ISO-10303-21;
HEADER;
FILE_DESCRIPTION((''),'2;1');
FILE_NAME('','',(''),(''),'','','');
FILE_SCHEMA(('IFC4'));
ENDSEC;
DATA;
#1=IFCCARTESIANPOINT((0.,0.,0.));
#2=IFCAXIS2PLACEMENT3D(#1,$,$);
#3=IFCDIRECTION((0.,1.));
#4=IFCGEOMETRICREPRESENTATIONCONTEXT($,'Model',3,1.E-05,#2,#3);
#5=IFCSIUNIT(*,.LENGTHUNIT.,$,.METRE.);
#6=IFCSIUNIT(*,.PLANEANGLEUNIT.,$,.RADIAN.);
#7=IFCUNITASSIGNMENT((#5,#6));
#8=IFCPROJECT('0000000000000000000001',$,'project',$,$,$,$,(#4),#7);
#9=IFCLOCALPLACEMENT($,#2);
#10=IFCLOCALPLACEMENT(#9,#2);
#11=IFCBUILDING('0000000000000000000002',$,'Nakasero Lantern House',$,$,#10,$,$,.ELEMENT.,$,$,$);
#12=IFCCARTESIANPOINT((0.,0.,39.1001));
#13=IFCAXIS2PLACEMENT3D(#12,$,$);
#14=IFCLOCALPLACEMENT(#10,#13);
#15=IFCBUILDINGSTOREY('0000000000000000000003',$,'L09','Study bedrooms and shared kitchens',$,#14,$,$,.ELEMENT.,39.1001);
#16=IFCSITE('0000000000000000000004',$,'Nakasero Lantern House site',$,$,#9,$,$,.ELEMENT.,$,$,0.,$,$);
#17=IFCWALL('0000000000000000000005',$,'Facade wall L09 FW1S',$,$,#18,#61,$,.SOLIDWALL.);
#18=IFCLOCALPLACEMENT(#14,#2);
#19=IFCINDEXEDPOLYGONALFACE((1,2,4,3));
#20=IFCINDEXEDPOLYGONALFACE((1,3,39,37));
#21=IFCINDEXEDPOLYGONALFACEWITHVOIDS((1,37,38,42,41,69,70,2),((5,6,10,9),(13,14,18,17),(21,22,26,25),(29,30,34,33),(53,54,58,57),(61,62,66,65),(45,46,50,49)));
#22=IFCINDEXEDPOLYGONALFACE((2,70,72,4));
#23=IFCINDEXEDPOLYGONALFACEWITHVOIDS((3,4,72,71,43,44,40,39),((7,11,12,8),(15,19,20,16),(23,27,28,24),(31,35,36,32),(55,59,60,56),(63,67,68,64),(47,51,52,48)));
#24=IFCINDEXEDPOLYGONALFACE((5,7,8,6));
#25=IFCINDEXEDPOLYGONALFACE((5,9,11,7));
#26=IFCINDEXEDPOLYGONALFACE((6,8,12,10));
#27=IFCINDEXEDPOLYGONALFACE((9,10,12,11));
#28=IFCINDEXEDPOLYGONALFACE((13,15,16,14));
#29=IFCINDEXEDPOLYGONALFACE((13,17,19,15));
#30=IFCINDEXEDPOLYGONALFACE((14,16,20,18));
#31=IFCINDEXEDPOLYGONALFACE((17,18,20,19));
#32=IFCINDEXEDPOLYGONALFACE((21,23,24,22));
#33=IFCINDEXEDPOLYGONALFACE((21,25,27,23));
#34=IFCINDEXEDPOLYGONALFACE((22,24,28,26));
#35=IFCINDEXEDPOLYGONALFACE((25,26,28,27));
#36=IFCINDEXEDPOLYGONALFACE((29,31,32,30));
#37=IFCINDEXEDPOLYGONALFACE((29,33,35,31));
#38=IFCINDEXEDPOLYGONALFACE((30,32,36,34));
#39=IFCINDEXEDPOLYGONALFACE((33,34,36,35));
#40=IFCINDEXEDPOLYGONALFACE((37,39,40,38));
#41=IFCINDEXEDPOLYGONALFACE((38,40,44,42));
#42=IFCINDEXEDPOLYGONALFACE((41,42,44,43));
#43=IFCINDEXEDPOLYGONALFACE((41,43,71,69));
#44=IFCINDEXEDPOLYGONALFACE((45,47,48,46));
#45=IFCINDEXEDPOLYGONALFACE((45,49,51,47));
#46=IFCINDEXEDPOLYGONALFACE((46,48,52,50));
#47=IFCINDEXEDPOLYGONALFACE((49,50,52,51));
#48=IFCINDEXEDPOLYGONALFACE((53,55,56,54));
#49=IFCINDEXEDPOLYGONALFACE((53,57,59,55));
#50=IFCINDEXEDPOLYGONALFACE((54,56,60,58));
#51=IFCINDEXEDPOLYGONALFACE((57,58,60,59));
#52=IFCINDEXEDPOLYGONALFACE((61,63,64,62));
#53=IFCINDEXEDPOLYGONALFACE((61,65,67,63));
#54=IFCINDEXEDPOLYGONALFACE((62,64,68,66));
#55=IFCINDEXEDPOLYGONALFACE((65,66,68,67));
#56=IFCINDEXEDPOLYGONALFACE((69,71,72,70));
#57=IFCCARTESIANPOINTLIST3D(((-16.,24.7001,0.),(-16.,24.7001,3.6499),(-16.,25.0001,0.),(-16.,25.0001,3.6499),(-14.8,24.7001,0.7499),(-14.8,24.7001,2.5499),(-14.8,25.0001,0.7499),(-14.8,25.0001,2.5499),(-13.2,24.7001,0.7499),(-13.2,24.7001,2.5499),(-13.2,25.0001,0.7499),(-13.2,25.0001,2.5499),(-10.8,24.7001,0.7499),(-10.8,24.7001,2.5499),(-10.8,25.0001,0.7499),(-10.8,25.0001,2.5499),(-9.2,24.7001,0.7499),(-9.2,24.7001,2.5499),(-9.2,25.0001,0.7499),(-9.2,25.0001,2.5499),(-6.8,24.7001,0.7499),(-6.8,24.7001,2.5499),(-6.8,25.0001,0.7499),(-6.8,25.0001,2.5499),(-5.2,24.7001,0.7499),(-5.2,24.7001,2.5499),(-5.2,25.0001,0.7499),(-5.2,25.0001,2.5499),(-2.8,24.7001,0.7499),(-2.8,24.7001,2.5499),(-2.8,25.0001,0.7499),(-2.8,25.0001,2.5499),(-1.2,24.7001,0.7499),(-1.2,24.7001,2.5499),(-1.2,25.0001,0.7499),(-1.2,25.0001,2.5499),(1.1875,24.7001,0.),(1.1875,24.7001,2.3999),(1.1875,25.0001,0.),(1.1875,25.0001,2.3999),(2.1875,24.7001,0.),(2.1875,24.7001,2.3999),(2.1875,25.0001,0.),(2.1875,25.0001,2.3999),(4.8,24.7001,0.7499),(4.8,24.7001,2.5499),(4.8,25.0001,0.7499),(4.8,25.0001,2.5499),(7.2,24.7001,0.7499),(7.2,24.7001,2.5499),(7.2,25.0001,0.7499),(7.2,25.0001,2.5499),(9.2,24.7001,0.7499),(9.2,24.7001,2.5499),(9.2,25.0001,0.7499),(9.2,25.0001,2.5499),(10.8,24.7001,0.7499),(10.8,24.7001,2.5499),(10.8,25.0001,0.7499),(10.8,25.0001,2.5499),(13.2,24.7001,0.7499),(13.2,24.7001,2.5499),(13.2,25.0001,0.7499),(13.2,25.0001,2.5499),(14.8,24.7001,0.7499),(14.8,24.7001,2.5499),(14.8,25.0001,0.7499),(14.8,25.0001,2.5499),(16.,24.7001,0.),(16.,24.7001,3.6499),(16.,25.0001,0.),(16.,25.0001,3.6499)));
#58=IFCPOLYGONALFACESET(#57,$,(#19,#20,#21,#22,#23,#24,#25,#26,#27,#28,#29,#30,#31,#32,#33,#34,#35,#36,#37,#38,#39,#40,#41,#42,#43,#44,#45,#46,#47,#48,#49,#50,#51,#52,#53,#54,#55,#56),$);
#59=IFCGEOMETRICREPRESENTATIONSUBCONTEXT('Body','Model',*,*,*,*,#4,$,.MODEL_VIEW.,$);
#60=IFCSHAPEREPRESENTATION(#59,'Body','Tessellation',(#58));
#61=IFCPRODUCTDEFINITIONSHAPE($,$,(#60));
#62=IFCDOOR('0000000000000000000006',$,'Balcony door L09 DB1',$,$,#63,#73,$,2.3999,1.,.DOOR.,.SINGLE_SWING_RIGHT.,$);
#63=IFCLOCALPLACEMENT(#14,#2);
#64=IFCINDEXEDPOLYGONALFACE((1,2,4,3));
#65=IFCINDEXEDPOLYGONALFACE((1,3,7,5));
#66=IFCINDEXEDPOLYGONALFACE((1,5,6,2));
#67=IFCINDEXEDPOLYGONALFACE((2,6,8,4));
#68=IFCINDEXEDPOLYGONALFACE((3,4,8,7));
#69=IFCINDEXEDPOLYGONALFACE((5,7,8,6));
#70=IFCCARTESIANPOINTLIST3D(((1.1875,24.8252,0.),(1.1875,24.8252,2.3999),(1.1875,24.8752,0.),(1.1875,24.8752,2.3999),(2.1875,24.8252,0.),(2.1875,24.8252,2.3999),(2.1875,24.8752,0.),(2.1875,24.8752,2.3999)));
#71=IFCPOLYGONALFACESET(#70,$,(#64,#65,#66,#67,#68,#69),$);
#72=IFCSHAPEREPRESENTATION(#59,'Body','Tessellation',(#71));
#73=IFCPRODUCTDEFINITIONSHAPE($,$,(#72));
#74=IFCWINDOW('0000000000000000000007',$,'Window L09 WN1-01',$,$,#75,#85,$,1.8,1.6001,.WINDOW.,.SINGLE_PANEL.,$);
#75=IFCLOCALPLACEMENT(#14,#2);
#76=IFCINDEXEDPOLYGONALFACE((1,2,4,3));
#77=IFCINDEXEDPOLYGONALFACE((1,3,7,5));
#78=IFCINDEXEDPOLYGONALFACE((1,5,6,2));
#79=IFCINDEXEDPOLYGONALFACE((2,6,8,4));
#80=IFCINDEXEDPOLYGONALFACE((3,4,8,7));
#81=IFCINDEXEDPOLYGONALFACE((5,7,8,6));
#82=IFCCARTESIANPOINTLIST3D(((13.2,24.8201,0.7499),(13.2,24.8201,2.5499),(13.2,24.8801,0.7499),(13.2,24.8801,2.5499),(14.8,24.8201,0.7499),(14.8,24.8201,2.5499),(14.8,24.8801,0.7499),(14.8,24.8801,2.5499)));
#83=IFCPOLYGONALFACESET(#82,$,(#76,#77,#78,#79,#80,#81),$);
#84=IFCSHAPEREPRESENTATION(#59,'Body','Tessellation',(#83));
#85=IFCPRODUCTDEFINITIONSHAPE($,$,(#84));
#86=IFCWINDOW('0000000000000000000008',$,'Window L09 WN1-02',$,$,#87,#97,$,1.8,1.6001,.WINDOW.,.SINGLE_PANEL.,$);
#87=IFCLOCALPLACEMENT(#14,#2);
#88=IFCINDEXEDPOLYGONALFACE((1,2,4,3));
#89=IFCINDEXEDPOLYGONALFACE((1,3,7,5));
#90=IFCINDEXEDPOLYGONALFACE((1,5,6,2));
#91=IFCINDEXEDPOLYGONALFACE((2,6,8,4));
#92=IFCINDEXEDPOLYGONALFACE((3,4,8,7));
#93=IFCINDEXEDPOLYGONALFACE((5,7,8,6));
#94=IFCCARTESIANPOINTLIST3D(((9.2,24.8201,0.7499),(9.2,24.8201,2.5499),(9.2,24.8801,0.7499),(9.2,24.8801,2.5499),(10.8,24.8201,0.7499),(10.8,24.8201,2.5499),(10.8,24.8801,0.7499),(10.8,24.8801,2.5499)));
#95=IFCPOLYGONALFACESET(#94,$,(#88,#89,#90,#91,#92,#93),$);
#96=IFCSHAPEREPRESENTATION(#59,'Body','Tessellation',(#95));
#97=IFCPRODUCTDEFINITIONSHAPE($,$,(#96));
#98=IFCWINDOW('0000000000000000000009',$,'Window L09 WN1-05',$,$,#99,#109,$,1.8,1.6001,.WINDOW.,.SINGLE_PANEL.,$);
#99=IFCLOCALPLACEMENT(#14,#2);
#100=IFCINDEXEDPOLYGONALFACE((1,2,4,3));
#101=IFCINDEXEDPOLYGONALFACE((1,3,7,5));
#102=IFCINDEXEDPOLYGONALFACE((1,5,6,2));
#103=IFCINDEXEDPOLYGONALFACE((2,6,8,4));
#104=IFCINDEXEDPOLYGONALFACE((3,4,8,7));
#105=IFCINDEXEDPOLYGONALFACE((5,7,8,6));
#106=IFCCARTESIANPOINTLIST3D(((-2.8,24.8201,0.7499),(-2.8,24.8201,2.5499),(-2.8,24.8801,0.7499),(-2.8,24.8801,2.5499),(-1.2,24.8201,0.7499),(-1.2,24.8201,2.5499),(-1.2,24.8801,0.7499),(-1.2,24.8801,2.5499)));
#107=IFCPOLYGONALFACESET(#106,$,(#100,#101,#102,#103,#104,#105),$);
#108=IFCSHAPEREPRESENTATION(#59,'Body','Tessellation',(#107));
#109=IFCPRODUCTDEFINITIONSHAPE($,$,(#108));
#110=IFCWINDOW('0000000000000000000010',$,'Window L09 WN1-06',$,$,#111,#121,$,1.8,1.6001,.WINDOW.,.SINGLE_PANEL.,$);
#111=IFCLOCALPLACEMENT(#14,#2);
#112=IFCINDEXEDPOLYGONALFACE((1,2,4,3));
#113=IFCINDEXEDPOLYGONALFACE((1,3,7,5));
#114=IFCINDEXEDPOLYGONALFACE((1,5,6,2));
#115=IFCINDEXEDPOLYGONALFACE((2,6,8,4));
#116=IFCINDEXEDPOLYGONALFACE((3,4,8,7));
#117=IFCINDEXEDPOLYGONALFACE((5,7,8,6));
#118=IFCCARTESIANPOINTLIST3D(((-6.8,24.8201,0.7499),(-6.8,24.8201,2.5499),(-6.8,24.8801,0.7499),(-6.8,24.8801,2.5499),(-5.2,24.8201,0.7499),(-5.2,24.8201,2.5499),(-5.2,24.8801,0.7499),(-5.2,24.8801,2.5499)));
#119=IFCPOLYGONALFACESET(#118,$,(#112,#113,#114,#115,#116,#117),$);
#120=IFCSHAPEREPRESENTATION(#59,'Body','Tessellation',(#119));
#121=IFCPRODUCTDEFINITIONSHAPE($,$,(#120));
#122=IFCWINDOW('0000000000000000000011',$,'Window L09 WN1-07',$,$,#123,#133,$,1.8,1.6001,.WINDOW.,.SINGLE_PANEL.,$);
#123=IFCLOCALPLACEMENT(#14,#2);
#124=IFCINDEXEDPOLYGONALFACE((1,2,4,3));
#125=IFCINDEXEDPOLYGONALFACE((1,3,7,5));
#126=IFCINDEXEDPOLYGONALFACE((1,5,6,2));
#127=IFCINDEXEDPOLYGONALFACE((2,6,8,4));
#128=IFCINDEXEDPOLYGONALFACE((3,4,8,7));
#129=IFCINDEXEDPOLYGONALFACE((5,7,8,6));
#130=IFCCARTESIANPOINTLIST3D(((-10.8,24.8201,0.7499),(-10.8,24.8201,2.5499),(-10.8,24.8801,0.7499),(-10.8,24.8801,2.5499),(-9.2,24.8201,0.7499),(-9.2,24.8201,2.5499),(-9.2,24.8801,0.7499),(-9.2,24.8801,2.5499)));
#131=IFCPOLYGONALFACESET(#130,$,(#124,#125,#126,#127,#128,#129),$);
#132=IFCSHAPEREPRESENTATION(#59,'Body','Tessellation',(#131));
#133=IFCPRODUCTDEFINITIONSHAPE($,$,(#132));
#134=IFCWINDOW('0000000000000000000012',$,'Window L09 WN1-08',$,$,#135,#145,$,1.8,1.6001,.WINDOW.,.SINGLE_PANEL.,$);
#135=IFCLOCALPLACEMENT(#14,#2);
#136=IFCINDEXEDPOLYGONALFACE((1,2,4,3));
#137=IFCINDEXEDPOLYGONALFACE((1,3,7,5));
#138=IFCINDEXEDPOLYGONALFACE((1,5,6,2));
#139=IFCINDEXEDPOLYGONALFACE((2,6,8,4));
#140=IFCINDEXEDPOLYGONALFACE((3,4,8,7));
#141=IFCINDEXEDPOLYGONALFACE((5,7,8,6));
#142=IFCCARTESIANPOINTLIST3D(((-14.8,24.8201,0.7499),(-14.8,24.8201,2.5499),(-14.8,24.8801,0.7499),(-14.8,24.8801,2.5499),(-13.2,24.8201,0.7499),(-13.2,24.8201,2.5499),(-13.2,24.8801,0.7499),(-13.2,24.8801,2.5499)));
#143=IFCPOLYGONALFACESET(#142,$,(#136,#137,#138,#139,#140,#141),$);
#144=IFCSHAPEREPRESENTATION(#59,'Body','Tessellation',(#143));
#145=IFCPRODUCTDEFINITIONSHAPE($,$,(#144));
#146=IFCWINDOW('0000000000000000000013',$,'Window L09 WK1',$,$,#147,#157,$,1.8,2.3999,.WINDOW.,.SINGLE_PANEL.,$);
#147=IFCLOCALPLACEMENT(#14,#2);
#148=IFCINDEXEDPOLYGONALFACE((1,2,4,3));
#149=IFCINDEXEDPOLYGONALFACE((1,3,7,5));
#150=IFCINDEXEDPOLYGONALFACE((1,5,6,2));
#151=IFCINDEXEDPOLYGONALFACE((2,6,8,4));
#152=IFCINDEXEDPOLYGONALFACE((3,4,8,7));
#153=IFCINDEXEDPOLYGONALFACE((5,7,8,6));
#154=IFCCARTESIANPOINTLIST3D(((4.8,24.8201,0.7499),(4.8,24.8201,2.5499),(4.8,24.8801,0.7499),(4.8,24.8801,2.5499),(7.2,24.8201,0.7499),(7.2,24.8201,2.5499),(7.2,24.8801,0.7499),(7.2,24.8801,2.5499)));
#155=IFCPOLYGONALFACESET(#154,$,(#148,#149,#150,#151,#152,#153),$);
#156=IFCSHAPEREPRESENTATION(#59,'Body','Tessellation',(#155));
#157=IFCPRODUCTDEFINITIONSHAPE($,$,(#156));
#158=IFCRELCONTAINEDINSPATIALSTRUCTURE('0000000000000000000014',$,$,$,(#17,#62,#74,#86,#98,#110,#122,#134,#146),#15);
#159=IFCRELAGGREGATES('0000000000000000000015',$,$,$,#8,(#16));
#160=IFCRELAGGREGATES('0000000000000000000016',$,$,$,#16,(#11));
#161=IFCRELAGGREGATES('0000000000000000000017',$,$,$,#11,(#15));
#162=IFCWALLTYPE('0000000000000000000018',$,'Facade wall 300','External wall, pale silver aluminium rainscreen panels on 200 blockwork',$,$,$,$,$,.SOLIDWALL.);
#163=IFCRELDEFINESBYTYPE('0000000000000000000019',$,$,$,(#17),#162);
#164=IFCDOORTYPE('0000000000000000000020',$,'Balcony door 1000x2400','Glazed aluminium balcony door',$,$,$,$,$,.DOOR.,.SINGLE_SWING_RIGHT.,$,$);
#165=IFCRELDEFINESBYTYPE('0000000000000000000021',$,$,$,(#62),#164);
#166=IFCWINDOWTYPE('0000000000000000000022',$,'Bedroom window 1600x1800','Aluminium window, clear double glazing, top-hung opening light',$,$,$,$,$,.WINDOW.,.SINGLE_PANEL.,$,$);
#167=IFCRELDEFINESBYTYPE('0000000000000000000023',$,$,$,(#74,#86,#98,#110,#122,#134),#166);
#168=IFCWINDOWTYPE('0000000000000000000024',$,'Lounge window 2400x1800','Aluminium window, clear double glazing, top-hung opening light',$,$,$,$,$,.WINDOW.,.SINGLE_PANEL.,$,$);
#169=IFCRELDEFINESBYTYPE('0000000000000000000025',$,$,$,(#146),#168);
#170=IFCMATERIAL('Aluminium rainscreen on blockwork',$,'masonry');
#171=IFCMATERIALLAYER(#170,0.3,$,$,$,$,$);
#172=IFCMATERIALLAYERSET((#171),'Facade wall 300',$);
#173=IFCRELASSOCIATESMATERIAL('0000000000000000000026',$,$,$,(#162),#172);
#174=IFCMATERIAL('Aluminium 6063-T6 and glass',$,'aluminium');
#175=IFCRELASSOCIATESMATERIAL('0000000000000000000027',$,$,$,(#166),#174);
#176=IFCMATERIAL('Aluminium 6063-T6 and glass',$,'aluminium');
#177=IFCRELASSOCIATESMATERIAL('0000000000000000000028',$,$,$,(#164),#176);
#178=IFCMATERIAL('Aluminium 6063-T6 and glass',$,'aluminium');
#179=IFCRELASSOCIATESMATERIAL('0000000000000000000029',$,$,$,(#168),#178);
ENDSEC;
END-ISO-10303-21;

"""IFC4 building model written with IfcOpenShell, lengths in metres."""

from ifc_helpers import new_model, si_unit, direction, frame, frame_2d, origin, place, context, subcontext, project, spatial, rectangle, extrude, material, layer, layer_set, type_object, element, fill, save


model = new_model("IFC4")

# Units and contexts
model_context = context("Model", 3, precision=1e-05, world=origin(), true_north=direction((0.0, 1.0)))
body_context = subcontext(model_context, "Body", "Model", "MODEL_VIEW")
ifc_project = project(units=[si_unit("LENGTHUNIT", "METRE"), si_unit("PLANEANGLEUNIT", "RADIAN")], contexts=[model_context])

# Site, building, storey
site_placement = place(None, origin())
site = spatial("IfcSite", under=ifc_project, at=site_placement, Name="Nakasero Lantern House site", CompositionType="ELEMENT", RefElevation=0.0)
building_placement = place(site_placement, origin())
building = spatial("IfcBuilding", under=site, at=building_placement, Name="Nakasero Lantern House", CompositionType="ELEMENT")
storey_placement = place(building_placement, frame((0.0, 0.0, 39.1001)))
storey = spatial("IfcBuildingStorey", under=building, at=storey_placement, Name="L09", Description="Study bedrooms and shared kitchens", CompositionType="ELEMENT", Elevation=39.1001)

# Shared definitions
ifc_material_1 = material(Name="Aluminium rainscreen on blockwork", Category="masonry")
ifc_layer_1 = layer(ifc_material_1, 0.3)
ifc_layer_set_1 = layer_set([ifc_layer_1], Name="Facade wall 300")
wall_type_1 = type_object("IfcWallType", Name="Facade wall 300", Description="External wall, pale silver aluminium rainscreen panels on 200 blockwork", PredefinedType="SOLIDWALL", material=ifc_layer_set_1)
ifc_material_2 = material(Name="Aluminium 6063-T6 and glass", Category="aluminium")
window_type_1 = type_object("IfcWindowType", Name="Bedroom window 1600x1800", Description="Aluminium window, clear double glazing, top-hung opening light", PartitioningType="SINGLE_PANEL", PredefinedType="WINDOW", material=ifc_material_2)

# Wall, openings, door, windows
wall_1_placement = place(storey_placement, frame((16.0, 24.8501, 0.0), z_axis=(0.0, 0.0, 1.0), x_axis=(-1.0, 0.0, 0.0)))
wall_1 = element("IfcWall", 1, at=wall_1_placement, inside=storey, type_object=wall_type_1, Name="Facade wall L09 FW1S", PredefinedType="SOLIDWALL", context=body_context, shape_type="SweptSolid", body=[
    extrude(rectangle(XDim=32.0, YDim=0.3, at=frame_2d((16.0, 0.0))), origin(), (0.0, 0.0, 1.0), 3.6499),
])
opening_1_placement = place(wall_1_placement, frame((1.2, 0.0, 0.75)))
opening_1 = element("IfcOpeningElement", 2, at=opening_1_placement, cuts=wall_1, PredefinedType="OPENING", context=body_context, shape_type="SweptSolid", body=[
    extrude(rectangle(XDim=1.6001, YDim=1.8, at=frame_2d((0.8, 0.8999))), frame((0.0, 0.1699, 0.0), z_axis=(0.0, -1.0, 0.0), x_axis=(1.0, 0.0, 0.0)), (0.0, 0.0, 1.0), 0.3401),
])
opening_2_placement = place(wall_1_placement, frame((5.2, 0.0, 0.75)))
opening_2 = element("IfcOpeningElement", 3, at=opening_2_placement, cuts=wall_1, PredefinedType="OPENING", context=body_context, shape_type="SweptSolid", body=[
    extrude(rectangle(XDim=1.6001, YDim=1.8, at=frame_2d((0.8, 0.8999))), frame((0.0, 0.1699, 0.0), z_axis=(0.0, -1.0, 0.0), x_axis=(1.0, 0.0, 0.0)), (0.0, 0.0, 1.0), 0.3401),
])
opening_3_placement = place(wall_1_placement, frame((17.2, 0.0, 0.75)))
opening_3 = element("IfcOpeningElement", 4, at=opening_3_placement, cuts=wall_1, PredefinedType="OPENING", context=body_context, shape_type="SweptSolid", body=[
    extrude(rectangle(XDim=1.6001, YDim=1.8, at=frame_2d((0.8, 0.8999))), frame((0.0, 0.1699, 0.0), z_axis=(0.0, -1.0, 0.0), x_axis=(1.0, 0.0, 0.0)), (0.0, 0.0, 1.0), 0.3401),
])
opening_4_placement = place(wall_1_placement, frame((21.2, 0.0, 0.75)))
opening_4 = element("IfcOpeningElement", 5, at=opening_4_placement, cuts=wall_1, PredefinedType="OPENING", context=body_context, shape_type="SweptSolid", body=[
    extrude(rectangle(XDim=1.6001, YDim=1.8, at=frame_2d((0.8, 0.8999))), frame((0.0, 0.1699, 0.0), z_axis=(0.0, -1.0, 0.0), x_axis=(1.0, 0.0, 0.0)), (0.0, 0.0, 1.0), 0.3401),
])
opening_5_placement = place(wall_1_placement, frame((25.2, 0.0, 0.75)))
opening_5 = element("IfcOpeningElement", 6, at=opening_5_placement, cuts=wall_1, PredefinedType="OPENING", context=body_context, shape_type="SweptSolid", body=[
    extrude(rectangle(XDim=1.6001, YDim=1.8, at=frame_2d((0.8, 0.8999))), frame((0.0, 0.1699, 0.0), z_axis=(0.0, -1.0, 0.0), x_axis=(1.0, 0.0, 0.0)), (0.0, 0.0, 1.0), 0.3401),
])
opening_6_placement = place(wall_1_placement, frame((29.2, 0.0, 0.75)))
opening_6 = element("IfcOpeningElement", 7, at=opening_6_placement, cuts=wall_1, PredefinedType="OPENING", context=body_context, shape_type="SweptSolid", body=[
    extrude(rectangle(XDim=1.6001, YDim=1.8, at=frame_2d((0.8, 0.8999))), frame((0.0, 0.1699, 0.0), z_axis=(0.0, -1.0, 0.0), x_axis=(1.0, 0.0, 0.0)), (0.0, 0.0, 1.0), 0.3401),
])
opening_7_placement = place(wall_1_placement, frame((8.8, 0.0, 0.75)))
opening_7 = element("IfcOpeningElement", 8, at=opening_7_placement, cuts=wall_1, PredefinedType="OPENING", context=body_context, shape_type="SweptSolid", body=[
    extrude(rectangle(XDim=2.3999, YDim=1.8, at=frame_2d((1.2, 0.8999))), frame((0.0, 0.1699, 0.0), z_axis=(0.0, -1.0, 0.0), x_axis=(1.0, 0.0, 0.0)), (0.0, 0.0, 1.0), 0.3401),
])
opening_8_placement = place(wall_1_placement, frame((13.8125, 0.0, 0.0)))
opening_8 = element("IfcOpeningElement", 9, at=opening_8_placement, cuts=wall_1, PredefinedType="OPENING", context=body_context, shape_type="SweptSolid", body=[
    extrude(rectangle(XDim=1.0, YDim=2.3999, at=frame_2d((0.5, 1.2))), frame((0.0, 0.1699, 0.0), z_axis=(0.0, -1.0, 0.0), x_axis=(1.0, 0.0, 0.0)), (0.0, 0.0, 1.0), 0.3401),
])
ifc_material_3 = material(Name="Aluminium 6063-T6 and glass", Category="aluminium")
door_type_1 = type_object("IfcDoorType", Name="Balcony door 1000x2400", Description="Glazed aluminium balcony door", OperationType="SINGLE_SWING_RIGHT", PredefinedType="DOOR", material=ifc_material_3)
door_1_placement = place(opening_8_placement, origin())
door_1 = element("IfcDoor", 10, at=door_1_placement, inside=storey, type_object=door_type_1, Name="Balcony door L09 DB1", OperationType="SINGLE_SWING_RIGHT", OverallHeight=2.3999, OverallWidth=1.0, PredefinedType="DOOR", context=body_context, shape_type="SweptSolid", body=[
    extrude(rectangle(XDim=1.0, YDim=2.3999, at=frame_2d((0.5, 1.2))), frame((0.0, 0.0249, 0.0), z_axis=(0.0, -1.0, 0.0), x_axis=(1.0, 0.0, 0.0)), (0.0, 0.0, 1.0), 0.05),
])
fill(opening_8, door_1)
window_1_placement = place(opening_1_placement, origin())
window_1 = element("IfcWindow", 11, at=window_1_placement, inside=storey, type_object=window_type_1, Name="Window L09 WN1-01", OverallHeight=1.8, OverallWidth=1.6001, PartitioningType="SINGLE_PANEL", PredefinedType="WINDOW", context=body_context, shape_type="SweptSolid", body=[
    extrude(rectangle(XDim=1.6001, YDim=1.8, at=frame_2d((0.8, 0.8999))), frame((0.0, 0.03, 0.0), z_axis=(0.0, -1.0, 0.0), x_axis=(1.0, 0.0, 0.0)), (0.0, 0.0, 1.0), 0.0601),
])
fill(opening_1, window_1)
window_2_placement = place(opening_2_placement, origin())
window_2 = element("IfcWindow", 12, at=window_2_placement, inside=storey, type_object=window_type_1, Name="Window L09 WN1-02", OverallHeight=1.8, OverallWidth=1.6001, PartitioningType="SINGLE_PANEL", PredefinedType="WINDOW", context=body_context, shape_type="SweptSolid", body=[
    extrude(rectangle(XDim=1.6001, YDim=1.8, at=frame_2d((0.8, 0.8999))), frame((0.0, 0.03, 0.0), z_axis=(0.0, -1.0, 0.0), x_axis=(1.0, 0.0, 0.0)), (0.0, 0.0, 1.0), 0.0601),
])
fill(opening_2, window_2)
window_3_placement = place(opening_3_placement, origin())
window_3 = element("IfcWindow", 13, at=window_3_placement, inside=storey, type_object=window_type_1, Name="Window L09 WN1-05", OverallHeight=1.8, OverallWidth=1.6001, PartitioningType="SINGLE_PANEL", PredefinedType="WINDOW", context=body_context, shape_type="SweptSolid", body=[
    extrude(rectangle(XDim=1.6001, YDim=1.8, at=frame_2d((0.8, 0.8999))), frame((0.0, 0.03, 0.0), z_axis=(0.0, -1.0, 0.0), x_axis=(1.0, 0.0, 0.0)), (0.0, 0.0, 1.0), 0.0601),
])
fill(opening_3, window_3)
window_4_placement = place(opening_4_placement, origin())
window_4 = element("IfcWindow", 14, at=window_4_placement, inside=storey, type_object=window_type_1, Name="Window L09 WN1-06", OverallHeight=1.8, OverallWidth=1.6001, PartitioningType="SINGLE_PANEL", PredefinedType="WINDOW", context=body_context, shape_type="SweptSolid", body=[
    extrude(rectangle(XDim=1.6001, YDim=1.8, at=frame_2d((0.8, 0.8999))), frame((0.0, 0.03, 0.0), z_axis=(0.0, -1.0, 0.0), x_axis=(1.0, 0.0, 0.0)), (0.0, 0.0, 1.0), 0.0601),
])
fill(opening_4, window_4)
window_5_placement = place(opening_5_placement, origin())
window_5 = element("IfcWindow", 15, at=window_5_placement, inside=storey, type_object=window_type_1, Name="Window L09 WN1-07", OverallHeight=1.8, OverallWidth=1.6001, PartitioningType="SINGLE_PANEL", PredefinedType="WINDOW", context=body_context, shape_type="SweptSolid", body=[
    extrude(rectangle(XDim=1.6001, YDim=1.8, at=frame_2d((0.8, 0.8999))), frame((0.0, 0.03, 0.0), z_axis=(0.0, -1.0, 0.0), x_axis=(1.0, 0.0, 0.0)), (0.0, 0.0, 1.0), 0.0601),
])
fill(opening_5, window_5)
window_6_placement = place(opening_6_placement, origin())
window_6 = element("IfcWindow", 16, at=window_6_placement, inside=storey, type_object=window_type_1, Name="Window L09 WN1-08", OverallHeight=1.8, OverallWidth=1.6001, PartitioningType="SINGLE_PANEL", PredefinedType="WINDOW", context=body_context, shape_type="SweptSolid", body=[
    extrude(rectangle(XDim=1.6001, YDim=1.8, at=frame_2d((0.8, 0.8999))), frame((0.0, 0.03, 0.0), z_axis=(0.0, -1.0, 0.0), x_axis=(1.0, 0.0, 0.0)), (0.0, 0.0, 1.0), 0.0601),
])
fill(opening_6, window_6)
ifc_material_4 = material(Name="Aluminium 6063-T6 and glass", Category="aluminium")
window_type_2 = type_object("IfcWindowType", Name="Lounge window 2400x1800", Description="Aluminium window, clear double glazing, top-hung opening light", PartitioningType="SINGLE_PANEL", PredefinedType="WINDOW", material=ifc_material_4)
window_7_placement = place(opening_7_placement, origin())
window_7 = element("IfcWindow", 17, at=window_7_placement, inside=storey, type_object=window_type_2, Name="Window L09 WK1", OverallHeight=1.8, OverallWidth=2.3999, PartitioningType="SINGLE_PANEL", PredefinedType="WINDOW", context=body_context, shape_type="SweptSolid", body=[
    extrude(rectangle(XDim=2.3999, YDim=1.8, at=frame_2d((1.2, 0.8999))), frame((0.0, 0.03, 0.0), z_axis=(0.0, -1.0, 0.0), x_axis=(1.0, 0.0, 0.0)), (0.0, 0.0, 1.0), 0.0601),
])
fill(opening_7, window_7)

save(model, "model.ifc")
